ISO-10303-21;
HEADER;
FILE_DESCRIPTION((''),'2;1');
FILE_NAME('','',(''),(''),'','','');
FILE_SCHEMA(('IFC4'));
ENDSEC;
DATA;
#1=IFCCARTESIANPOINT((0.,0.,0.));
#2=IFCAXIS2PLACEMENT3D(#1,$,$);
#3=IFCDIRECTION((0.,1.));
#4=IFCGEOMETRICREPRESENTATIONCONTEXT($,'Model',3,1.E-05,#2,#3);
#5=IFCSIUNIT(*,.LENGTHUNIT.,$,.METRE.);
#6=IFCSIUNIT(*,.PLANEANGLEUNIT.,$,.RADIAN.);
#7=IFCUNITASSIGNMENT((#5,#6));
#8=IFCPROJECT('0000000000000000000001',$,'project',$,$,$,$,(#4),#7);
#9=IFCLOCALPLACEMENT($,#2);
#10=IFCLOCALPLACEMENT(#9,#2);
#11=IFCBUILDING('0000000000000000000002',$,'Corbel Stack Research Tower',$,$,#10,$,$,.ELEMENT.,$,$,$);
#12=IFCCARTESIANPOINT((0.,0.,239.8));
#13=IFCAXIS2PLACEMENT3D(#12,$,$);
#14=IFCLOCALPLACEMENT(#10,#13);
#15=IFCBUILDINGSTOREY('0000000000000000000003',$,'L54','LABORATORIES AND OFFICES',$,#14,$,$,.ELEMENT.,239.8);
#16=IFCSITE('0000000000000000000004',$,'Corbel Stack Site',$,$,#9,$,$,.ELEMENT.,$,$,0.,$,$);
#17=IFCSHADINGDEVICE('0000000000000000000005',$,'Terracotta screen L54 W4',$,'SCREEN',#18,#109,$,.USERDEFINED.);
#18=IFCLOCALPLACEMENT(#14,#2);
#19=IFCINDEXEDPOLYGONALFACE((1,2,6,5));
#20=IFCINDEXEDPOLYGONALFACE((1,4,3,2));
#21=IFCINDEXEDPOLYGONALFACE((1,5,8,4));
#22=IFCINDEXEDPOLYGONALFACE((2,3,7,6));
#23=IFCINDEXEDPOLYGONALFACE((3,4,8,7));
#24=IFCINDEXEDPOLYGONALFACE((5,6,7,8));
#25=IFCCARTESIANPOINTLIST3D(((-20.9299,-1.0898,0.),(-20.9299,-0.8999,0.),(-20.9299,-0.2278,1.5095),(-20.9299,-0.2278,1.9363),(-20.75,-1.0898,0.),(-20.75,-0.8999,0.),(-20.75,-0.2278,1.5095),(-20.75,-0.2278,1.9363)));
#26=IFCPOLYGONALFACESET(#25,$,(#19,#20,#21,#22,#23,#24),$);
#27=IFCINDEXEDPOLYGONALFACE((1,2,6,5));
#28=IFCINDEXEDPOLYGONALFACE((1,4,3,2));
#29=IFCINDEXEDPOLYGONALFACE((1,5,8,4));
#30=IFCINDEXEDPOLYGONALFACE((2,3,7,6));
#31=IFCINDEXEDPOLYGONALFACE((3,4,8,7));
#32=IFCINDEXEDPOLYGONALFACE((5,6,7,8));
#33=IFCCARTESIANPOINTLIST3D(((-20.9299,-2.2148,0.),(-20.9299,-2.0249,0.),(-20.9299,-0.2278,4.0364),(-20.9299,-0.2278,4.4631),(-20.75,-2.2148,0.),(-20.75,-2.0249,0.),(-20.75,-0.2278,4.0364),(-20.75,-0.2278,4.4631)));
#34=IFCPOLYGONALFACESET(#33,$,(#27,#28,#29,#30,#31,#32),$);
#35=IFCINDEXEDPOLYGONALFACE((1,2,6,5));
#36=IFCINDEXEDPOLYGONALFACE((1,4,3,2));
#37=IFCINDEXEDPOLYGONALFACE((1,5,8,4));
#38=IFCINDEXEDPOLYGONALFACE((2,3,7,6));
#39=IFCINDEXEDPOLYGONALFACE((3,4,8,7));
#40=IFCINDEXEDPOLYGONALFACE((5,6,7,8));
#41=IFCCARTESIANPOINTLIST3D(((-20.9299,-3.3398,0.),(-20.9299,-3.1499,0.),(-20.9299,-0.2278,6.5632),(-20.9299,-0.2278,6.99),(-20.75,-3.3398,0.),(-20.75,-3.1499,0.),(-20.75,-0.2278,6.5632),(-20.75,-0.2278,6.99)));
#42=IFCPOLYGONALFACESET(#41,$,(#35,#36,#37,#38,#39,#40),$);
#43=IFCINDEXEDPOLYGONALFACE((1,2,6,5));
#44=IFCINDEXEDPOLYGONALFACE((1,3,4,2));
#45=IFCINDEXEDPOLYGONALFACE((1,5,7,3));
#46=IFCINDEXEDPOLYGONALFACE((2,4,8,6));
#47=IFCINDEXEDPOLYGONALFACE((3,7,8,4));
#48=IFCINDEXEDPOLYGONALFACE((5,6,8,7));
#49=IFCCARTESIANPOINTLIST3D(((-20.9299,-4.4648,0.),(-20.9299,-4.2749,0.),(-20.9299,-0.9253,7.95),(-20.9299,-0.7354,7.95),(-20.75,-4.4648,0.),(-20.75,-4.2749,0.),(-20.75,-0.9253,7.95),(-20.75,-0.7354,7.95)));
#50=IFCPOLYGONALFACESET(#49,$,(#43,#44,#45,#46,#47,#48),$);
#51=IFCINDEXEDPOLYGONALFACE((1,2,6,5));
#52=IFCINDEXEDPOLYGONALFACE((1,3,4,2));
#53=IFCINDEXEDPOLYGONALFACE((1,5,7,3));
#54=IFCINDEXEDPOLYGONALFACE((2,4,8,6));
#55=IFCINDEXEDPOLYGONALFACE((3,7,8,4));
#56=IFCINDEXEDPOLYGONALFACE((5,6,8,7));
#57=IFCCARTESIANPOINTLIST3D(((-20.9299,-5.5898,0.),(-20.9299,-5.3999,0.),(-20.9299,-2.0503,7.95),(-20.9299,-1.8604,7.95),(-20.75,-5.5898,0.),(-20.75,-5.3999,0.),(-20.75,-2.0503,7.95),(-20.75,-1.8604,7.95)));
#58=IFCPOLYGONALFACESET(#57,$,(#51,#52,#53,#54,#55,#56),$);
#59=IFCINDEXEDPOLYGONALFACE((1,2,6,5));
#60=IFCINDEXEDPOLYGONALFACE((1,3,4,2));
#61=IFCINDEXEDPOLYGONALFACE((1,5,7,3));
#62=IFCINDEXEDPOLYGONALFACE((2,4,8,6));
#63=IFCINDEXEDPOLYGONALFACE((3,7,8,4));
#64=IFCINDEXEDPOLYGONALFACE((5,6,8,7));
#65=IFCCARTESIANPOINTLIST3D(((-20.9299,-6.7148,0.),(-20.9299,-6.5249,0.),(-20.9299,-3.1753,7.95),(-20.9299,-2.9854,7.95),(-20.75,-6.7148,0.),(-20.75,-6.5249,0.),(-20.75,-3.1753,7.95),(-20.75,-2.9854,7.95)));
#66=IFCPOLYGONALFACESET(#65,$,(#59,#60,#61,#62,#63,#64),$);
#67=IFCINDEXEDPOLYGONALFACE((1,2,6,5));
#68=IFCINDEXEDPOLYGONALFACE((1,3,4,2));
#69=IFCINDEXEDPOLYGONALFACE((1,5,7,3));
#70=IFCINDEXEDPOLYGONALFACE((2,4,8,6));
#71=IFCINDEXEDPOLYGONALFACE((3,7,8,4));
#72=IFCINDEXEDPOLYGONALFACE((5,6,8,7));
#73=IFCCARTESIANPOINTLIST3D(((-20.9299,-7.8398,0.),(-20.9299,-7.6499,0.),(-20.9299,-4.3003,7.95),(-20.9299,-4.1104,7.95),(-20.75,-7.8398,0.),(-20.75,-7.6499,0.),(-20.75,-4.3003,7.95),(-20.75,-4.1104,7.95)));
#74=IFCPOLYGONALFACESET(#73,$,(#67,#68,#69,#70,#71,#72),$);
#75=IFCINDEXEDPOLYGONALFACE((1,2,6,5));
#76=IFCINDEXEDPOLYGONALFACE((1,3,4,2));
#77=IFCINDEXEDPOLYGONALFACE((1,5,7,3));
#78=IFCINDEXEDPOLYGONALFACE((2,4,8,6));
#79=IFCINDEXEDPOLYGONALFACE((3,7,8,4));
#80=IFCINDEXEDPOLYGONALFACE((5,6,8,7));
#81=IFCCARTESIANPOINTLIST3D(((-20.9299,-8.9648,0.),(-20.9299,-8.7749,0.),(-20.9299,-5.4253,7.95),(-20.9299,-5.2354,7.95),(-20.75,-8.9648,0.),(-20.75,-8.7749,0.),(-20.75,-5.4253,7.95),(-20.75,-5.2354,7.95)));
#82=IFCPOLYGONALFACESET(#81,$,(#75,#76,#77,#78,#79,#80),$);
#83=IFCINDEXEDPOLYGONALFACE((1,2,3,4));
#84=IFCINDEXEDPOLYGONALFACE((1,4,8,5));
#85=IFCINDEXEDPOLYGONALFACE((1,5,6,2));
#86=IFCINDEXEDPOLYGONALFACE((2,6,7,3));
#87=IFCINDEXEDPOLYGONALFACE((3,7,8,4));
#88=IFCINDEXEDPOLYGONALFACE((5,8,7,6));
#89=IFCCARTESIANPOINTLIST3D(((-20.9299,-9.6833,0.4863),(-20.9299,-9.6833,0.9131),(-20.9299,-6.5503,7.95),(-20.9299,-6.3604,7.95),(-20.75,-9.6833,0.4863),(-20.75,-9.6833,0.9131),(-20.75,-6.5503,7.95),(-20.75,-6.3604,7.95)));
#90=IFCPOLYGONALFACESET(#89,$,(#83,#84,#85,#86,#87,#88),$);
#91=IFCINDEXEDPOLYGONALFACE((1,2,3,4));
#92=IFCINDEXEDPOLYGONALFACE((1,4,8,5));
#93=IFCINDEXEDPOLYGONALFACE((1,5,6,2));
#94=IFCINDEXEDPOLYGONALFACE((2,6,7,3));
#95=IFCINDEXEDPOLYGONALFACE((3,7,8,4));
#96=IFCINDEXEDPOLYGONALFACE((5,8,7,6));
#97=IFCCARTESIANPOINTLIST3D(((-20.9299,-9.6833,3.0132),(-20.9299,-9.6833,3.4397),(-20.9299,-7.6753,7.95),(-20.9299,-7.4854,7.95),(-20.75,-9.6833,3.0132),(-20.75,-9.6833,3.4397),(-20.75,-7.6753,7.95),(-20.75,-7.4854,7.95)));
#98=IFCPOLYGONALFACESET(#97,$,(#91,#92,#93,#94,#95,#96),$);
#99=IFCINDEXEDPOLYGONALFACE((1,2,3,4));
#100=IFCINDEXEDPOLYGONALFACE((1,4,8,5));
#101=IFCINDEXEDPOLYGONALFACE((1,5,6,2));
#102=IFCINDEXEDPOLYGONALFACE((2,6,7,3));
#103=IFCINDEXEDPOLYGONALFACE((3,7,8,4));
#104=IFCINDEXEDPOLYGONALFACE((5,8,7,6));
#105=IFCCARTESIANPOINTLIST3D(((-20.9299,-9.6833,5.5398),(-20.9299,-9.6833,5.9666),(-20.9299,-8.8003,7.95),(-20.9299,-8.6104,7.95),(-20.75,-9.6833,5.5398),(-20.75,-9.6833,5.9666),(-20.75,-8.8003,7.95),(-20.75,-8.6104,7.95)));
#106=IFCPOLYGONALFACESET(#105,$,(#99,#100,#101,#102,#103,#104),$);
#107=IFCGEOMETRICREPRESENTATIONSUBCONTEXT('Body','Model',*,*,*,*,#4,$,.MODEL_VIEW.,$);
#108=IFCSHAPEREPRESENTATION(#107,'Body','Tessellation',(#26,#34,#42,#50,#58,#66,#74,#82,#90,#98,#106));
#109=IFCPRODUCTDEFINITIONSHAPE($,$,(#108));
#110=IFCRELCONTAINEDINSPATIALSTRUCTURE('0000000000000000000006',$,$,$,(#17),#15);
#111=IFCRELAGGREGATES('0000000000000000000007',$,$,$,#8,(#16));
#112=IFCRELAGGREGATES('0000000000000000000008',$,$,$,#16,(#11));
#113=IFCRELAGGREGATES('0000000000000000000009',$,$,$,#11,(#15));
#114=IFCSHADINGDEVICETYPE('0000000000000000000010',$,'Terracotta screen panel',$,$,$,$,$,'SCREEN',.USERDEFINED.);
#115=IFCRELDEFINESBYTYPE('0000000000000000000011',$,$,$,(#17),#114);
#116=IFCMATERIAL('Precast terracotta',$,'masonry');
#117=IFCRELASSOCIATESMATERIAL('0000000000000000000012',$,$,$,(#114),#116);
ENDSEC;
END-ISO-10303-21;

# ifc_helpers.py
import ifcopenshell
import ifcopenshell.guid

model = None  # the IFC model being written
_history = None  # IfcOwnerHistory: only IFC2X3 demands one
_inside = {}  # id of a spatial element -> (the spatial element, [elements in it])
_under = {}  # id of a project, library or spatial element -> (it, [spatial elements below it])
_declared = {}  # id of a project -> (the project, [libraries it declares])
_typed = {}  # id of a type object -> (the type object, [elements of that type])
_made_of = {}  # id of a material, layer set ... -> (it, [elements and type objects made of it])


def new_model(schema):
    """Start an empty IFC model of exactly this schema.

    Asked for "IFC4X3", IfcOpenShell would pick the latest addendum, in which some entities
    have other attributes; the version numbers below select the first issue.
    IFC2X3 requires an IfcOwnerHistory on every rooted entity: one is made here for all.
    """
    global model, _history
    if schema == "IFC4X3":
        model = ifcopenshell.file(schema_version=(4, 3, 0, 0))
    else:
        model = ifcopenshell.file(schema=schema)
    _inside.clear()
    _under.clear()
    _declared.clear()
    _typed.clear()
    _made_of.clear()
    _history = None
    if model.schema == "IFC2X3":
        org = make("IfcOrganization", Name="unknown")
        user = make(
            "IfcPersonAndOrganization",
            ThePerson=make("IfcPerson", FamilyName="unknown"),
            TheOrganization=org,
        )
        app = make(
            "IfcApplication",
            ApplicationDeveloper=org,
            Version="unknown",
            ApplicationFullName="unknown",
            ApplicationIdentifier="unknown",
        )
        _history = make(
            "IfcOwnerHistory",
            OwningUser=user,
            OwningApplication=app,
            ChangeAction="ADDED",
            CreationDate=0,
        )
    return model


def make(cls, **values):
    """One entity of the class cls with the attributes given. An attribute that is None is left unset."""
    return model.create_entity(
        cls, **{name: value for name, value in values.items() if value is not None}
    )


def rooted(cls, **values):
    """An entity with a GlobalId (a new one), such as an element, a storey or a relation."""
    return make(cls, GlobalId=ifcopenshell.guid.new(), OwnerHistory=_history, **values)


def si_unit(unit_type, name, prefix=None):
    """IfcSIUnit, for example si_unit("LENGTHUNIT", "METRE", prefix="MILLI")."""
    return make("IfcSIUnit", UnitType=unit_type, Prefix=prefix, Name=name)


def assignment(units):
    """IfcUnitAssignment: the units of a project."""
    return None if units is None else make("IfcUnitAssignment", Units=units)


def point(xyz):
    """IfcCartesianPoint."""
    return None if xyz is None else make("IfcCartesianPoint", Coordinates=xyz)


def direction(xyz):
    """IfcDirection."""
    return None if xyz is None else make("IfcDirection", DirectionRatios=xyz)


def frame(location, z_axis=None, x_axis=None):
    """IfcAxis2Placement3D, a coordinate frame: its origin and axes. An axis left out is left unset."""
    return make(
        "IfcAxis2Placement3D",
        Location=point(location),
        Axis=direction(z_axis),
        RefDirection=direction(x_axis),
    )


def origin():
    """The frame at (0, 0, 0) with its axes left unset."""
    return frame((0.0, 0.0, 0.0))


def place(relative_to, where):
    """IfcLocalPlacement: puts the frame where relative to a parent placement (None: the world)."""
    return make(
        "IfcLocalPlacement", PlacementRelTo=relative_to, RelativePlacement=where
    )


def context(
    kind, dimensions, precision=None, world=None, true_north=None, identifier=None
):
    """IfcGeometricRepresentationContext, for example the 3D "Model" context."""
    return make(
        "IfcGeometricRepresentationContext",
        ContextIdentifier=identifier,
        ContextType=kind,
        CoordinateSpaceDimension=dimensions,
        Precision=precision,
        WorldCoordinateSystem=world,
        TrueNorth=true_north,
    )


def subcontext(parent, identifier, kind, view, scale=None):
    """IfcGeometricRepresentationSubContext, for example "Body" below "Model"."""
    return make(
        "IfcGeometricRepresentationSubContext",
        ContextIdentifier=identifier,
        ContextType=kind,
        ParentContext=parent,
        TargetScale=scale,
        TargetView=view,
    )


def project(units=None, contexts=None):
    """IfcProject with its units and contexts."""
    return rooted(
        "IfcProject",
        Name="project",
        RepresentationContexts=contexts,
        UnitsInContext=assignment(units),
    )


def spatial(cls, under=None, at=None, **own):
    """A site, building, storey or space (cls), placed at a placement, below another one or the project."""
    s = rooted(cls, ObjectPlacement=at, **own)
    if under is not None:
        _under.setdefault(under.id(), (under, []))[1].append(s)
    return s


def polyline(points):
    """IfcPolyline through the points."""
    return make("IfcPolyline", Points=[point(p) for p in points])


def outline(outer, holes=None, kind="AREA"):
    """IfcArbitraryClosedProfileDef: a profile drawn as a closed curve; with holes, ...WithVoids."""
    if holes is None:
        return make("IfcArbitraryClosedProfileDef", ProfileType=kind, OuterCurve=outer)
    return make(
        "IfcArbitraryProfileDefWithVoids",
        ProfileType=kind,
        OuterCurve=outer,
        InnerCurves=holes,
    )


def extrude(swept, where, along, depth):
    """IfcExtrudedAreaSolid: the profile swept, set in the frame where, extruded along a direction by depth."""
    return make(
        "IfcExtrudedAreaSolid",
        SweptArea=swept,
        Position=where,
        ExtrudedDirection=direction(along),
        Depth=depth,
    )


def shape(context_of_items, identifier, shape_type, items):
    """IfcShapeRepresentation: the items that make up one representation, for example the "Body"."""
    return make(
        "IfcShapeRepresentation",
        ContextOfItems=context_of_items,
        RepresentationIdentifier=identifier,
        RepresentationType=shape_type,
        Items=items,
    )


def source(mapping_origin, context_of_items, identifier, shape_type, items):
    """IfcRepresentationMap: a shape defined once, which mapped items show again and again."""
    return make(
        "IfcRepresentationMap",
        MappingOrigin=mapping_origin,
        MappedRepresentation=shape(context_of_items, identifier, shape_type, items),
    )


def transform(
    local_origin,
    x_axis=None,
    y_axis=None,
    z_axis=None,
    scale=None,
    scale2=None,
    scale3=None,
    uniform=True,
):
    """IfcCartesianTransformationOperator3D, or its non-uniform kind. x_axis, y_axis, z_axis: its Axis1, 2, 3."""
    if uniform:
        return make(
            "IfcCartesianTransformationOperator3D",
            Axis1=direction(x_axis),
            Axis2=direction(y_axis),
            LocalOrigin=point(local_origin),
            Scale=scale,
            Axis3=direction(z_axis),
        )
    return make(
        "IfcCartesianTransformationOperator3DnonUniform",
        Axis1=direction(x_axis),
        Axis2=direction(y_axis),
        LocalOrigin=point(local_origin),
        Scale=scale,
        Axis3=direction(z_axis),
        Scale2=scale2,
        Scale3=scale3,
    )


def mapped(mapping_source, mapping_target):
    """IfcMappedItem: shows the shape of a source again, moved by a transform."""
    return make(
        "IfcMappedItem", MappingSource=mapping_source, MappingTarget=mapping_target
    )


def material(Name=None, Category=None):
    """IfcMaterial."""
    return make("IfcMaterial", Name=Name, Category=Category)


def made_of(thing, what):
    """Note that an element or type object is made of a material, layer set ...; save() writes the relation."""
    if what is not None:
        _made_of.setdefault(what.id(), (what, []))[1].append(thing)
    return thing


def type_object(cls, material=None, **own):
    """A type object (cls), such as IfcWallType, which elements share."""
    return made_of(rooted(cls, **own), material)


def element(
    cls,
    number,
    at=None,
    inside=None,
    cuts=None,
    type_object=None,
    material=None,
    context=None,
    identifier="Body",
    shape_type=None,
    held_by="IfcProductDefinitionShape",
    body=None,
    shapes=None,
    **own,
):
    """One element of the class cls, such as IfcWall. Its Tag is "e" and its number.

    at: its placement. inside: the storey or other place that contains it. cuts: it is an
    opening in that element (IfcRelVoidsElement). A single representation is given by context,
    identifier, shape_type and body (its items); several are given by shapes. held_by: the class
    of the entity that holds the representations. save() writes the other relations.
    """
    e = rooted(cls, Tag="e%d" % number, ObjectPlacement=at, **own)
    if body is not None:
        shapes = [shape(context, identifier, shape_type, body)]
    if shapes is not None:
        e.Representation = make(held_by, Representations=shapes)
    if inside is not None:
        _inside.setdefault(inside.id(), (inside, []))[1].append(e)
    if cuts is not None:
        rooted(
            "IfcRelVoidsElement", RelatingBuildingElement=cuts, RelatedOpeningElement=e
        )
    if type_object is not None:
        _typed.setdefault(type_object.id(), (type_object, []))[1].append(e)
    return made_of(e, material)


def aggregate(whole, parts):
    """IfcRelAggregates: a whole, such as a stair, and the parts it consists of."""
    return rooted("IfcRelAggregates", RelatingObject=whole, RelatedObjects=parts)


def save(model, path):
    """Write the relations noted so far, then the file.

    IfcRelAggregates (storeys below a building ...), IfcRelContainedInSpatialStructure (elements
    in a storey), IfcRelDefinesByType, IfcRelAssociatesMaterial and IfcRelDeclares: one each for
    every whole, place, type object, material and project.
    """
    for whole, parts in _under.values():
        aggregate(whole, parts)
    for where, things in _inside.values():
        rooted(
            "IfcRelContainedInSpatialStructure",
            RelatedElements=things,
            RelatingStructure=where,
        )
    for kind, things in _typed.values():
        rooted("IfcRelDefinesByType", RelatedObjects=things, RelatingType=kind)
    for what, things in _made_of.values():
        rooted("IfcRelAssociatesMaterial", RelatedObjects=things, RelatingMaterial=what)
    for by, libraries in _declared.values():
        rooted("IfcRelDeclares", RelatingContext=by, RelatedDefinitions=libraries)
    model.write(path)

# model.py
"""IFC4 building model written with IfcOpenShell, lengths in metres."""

from ifc_helpers import new_model, si_unit, direction, frame, origin, place, context, subcontext, project, spatial, polyline, outline, extrude, source, transform, mapped, material, type_object, element, save


model = new_model("IFC4")

# Units and contexts
model_context = context("Model", 3, precision=1e-05, world=origin(), true_north=direction((0.0, 1.0)))
body_context = subcontext(model_context, "Body", "Model", "MODEL_VIEW")
ifc_project = project(units=[si_unit("LENGTHUNIT", "METRE"), si_unit("PLANEANGLEUNIT", "RADIAN")], contexts=[model_context])

# Site, building, storey
site_placement = place(None, origin())
site = spatial("IfcSite", under=ifc_project, at=site_placement, Name="Corbel Stack Site", CompositionType="ELEMENT", RefElevation=0.0)
building_placement = place(site_placement, origin())
building = spatial("IfcBuilding", under=site, at=building_placement, Name="Corbel Stack Research Tower", CompositionType="ELEMENT")
storey_placement = place(building_placement, frame((0.0, 0.0, 239.8)))
storey = spatial("IfcBuildingStorey", under=building, at=storey_placement, Name="L54", Description="LABORATORIES AND OFFICES", CompositionType="ELEMENT", Elevation=239.8)

# Shading device
ifc_material_1 = material(Name="Precast terracotta", Category="masonry")
shading_device_type = type_object("IfcShadingDeviceType", Name="Terracotta screen panel", ElementType="SCREEN", PredefinedType="USERDEFINED", material=ifc_material_1)
shared_shape = source(origin(), body_context, "Body", "SweptSolid", [
    extrude(outline(polyline([(0.8621, 0.0), (0.0, 1.9363), (0.0, 1.5095), (0.6721, 0.0), (0.8621, 0.0)])), frame((0.0, 0.0, 0.0), z_axis=(0.0, -1.0, 0.0), x_axis=(1.0, 0.0, 0.0)), (0.0, 0.0, 1.0), 0.1799),
    extrude(outline(polyline([(1.9871, 0.0), (0.0, 4.4631), (0.0, 4.0364), (1.7971, 0.0), (1.9871, 0.0)])), frame((0.0, 0.0, 0.0), z_axis=(0.0, -1.0, 0.0), x_axis=(1.0, 0.0, 0.0)), (0.0, 0.0, 1.0), 0.1799),
    extrude(outline(polyline([(3.1121, 0.0), (0.0, 6.99), (0.0, 6.5632), (2.9221, 0.0), (3.1121, 0.0)])), frame((0.0, 0.0, 0.0), z_axis=(0.0, -1.0, 0.0), x_axis=(1.0, 0.0, 0.0)), (0.0, 0.0, 1.0), 0.1799),
    extrude(outline(polyline([(4.2371, 0.0), (0.6975, 7.95), (0.5076, 7.95), (4.0471, 0.0), (4.2371, 0.0)])), frame((0.0, 0.0, 0.0), z_axis=(0.0, -1.0, 0.0), x_axis=(1.0, 0.0, 0.0)), (0.0, 0.0, 1.0), 0.1799),
    extrude(outline(polyline([(5.3621, 0.0), (1.8225, 7.95), (1.6326, 7.95), (5.1721, 0.0), (5.3621, 0.0)])), frame((0.0, 0.0, 0.0), z_axis=(0.0, -1.0, 0.0), x_axis=(1.0, 0.0, 0.0)), (0.0, 0.0, 1.0), 0.1799),
    extrude(outline(polyline([(6.4871, 0.0), (2.9475, 7.95), (2.7576, 7.95), (6.2971, 0.0), (6.4871, 0.0)])), frame((0.0, 0.0, 0.0), z_axis=(0.0, -1.0, 0.0), x_axis=(1.0, 0.0, 0.0)), (0.0, 0.0, 1.0), 0.1799),
    extrude(outline(polyline([(7.6121, 0.0), (4.0725, 7.95), (3.8826, 7.95), (7.4221, 0.0), (7.6121, 0.0)])), frame((0.0, 0.0, 0.0), z_axis=(0.0, -1.0, 0.0), x_axis=(1.0, 0.0, 0.0)), (0.0, 0.0, 1.0), 0.1799),
    extrude(outline(polyline([(8.7371, 0.0), (5.1975, 7.95), (5.0076, 7.95), (8.5471, 0.0), (8.7371, 0.0)])), frame((0.0, 0.0, 0.0), z_axis=(0.0, -1.0, 0.0), x_axis=(1.0, 0.0, 0.0)), (0.0, 0.0, 1.0), 0.1799),
    extrude(outline(polyline([(6.3225, 7.95), (6.1326, 7.95), (9.4556, 0.4863), (9.4556, 0.9131), (6.3225, 7.95)])), frame((0.0, 0.0, 0.0), z_axis=(0.0, -1.0, 0.0), x_axis=(1.0, 0.0, 0.0)), (0.0, 0.0, 1.0), 0.1799),
    extrude(outline(polyline([(7.4475, 7.95), (7.2576, 7.95), (9.4556, 3.0132), (9.4556, 3.4397), (7.4475, 7.95)])), frame((0.0, 0.0, 0.0), z_axis=(0.0, -1.0, 0.0), x_axis=(1.0, 0.0, 0.0)), (0.0, 0.0, 1.0), 0.1799),
    extrude(outline(polyline([(8.5725, 7.95), (8.3826, 7.95), (9.4556, 5.5398), (9.4556, 5.9666), (8.5725, 7.95)])), frame((0.0, 0.0, 0.0), z_axis=(0.0, -1.0, 0.0), x_axis=(1.0, 0.0, 0.0)), (0.0, 0.0, 1.0), 0.1799),
])
shading_device_placement = place(storey_placement, frame((-20.75, -0.2278, 0.0), z_axis=(0.0, 0.0, 1.0), x_axis=(0.0, -1.0, 0.0)))
element("IfcShadingDevice", 1, at=shading_device_placement, inside=storey, type_object=shading_device_type, Name="Terracotta screen L54 W4", ObjectType="SCREEN", PredefinedType="USERDEFINED", context=body_context, shape_type="MappedRepresentation", body=[
    mapped(shared_shape, transform((0.0, 0.0, 0.0))),
])

save(model, "model.ifc")
